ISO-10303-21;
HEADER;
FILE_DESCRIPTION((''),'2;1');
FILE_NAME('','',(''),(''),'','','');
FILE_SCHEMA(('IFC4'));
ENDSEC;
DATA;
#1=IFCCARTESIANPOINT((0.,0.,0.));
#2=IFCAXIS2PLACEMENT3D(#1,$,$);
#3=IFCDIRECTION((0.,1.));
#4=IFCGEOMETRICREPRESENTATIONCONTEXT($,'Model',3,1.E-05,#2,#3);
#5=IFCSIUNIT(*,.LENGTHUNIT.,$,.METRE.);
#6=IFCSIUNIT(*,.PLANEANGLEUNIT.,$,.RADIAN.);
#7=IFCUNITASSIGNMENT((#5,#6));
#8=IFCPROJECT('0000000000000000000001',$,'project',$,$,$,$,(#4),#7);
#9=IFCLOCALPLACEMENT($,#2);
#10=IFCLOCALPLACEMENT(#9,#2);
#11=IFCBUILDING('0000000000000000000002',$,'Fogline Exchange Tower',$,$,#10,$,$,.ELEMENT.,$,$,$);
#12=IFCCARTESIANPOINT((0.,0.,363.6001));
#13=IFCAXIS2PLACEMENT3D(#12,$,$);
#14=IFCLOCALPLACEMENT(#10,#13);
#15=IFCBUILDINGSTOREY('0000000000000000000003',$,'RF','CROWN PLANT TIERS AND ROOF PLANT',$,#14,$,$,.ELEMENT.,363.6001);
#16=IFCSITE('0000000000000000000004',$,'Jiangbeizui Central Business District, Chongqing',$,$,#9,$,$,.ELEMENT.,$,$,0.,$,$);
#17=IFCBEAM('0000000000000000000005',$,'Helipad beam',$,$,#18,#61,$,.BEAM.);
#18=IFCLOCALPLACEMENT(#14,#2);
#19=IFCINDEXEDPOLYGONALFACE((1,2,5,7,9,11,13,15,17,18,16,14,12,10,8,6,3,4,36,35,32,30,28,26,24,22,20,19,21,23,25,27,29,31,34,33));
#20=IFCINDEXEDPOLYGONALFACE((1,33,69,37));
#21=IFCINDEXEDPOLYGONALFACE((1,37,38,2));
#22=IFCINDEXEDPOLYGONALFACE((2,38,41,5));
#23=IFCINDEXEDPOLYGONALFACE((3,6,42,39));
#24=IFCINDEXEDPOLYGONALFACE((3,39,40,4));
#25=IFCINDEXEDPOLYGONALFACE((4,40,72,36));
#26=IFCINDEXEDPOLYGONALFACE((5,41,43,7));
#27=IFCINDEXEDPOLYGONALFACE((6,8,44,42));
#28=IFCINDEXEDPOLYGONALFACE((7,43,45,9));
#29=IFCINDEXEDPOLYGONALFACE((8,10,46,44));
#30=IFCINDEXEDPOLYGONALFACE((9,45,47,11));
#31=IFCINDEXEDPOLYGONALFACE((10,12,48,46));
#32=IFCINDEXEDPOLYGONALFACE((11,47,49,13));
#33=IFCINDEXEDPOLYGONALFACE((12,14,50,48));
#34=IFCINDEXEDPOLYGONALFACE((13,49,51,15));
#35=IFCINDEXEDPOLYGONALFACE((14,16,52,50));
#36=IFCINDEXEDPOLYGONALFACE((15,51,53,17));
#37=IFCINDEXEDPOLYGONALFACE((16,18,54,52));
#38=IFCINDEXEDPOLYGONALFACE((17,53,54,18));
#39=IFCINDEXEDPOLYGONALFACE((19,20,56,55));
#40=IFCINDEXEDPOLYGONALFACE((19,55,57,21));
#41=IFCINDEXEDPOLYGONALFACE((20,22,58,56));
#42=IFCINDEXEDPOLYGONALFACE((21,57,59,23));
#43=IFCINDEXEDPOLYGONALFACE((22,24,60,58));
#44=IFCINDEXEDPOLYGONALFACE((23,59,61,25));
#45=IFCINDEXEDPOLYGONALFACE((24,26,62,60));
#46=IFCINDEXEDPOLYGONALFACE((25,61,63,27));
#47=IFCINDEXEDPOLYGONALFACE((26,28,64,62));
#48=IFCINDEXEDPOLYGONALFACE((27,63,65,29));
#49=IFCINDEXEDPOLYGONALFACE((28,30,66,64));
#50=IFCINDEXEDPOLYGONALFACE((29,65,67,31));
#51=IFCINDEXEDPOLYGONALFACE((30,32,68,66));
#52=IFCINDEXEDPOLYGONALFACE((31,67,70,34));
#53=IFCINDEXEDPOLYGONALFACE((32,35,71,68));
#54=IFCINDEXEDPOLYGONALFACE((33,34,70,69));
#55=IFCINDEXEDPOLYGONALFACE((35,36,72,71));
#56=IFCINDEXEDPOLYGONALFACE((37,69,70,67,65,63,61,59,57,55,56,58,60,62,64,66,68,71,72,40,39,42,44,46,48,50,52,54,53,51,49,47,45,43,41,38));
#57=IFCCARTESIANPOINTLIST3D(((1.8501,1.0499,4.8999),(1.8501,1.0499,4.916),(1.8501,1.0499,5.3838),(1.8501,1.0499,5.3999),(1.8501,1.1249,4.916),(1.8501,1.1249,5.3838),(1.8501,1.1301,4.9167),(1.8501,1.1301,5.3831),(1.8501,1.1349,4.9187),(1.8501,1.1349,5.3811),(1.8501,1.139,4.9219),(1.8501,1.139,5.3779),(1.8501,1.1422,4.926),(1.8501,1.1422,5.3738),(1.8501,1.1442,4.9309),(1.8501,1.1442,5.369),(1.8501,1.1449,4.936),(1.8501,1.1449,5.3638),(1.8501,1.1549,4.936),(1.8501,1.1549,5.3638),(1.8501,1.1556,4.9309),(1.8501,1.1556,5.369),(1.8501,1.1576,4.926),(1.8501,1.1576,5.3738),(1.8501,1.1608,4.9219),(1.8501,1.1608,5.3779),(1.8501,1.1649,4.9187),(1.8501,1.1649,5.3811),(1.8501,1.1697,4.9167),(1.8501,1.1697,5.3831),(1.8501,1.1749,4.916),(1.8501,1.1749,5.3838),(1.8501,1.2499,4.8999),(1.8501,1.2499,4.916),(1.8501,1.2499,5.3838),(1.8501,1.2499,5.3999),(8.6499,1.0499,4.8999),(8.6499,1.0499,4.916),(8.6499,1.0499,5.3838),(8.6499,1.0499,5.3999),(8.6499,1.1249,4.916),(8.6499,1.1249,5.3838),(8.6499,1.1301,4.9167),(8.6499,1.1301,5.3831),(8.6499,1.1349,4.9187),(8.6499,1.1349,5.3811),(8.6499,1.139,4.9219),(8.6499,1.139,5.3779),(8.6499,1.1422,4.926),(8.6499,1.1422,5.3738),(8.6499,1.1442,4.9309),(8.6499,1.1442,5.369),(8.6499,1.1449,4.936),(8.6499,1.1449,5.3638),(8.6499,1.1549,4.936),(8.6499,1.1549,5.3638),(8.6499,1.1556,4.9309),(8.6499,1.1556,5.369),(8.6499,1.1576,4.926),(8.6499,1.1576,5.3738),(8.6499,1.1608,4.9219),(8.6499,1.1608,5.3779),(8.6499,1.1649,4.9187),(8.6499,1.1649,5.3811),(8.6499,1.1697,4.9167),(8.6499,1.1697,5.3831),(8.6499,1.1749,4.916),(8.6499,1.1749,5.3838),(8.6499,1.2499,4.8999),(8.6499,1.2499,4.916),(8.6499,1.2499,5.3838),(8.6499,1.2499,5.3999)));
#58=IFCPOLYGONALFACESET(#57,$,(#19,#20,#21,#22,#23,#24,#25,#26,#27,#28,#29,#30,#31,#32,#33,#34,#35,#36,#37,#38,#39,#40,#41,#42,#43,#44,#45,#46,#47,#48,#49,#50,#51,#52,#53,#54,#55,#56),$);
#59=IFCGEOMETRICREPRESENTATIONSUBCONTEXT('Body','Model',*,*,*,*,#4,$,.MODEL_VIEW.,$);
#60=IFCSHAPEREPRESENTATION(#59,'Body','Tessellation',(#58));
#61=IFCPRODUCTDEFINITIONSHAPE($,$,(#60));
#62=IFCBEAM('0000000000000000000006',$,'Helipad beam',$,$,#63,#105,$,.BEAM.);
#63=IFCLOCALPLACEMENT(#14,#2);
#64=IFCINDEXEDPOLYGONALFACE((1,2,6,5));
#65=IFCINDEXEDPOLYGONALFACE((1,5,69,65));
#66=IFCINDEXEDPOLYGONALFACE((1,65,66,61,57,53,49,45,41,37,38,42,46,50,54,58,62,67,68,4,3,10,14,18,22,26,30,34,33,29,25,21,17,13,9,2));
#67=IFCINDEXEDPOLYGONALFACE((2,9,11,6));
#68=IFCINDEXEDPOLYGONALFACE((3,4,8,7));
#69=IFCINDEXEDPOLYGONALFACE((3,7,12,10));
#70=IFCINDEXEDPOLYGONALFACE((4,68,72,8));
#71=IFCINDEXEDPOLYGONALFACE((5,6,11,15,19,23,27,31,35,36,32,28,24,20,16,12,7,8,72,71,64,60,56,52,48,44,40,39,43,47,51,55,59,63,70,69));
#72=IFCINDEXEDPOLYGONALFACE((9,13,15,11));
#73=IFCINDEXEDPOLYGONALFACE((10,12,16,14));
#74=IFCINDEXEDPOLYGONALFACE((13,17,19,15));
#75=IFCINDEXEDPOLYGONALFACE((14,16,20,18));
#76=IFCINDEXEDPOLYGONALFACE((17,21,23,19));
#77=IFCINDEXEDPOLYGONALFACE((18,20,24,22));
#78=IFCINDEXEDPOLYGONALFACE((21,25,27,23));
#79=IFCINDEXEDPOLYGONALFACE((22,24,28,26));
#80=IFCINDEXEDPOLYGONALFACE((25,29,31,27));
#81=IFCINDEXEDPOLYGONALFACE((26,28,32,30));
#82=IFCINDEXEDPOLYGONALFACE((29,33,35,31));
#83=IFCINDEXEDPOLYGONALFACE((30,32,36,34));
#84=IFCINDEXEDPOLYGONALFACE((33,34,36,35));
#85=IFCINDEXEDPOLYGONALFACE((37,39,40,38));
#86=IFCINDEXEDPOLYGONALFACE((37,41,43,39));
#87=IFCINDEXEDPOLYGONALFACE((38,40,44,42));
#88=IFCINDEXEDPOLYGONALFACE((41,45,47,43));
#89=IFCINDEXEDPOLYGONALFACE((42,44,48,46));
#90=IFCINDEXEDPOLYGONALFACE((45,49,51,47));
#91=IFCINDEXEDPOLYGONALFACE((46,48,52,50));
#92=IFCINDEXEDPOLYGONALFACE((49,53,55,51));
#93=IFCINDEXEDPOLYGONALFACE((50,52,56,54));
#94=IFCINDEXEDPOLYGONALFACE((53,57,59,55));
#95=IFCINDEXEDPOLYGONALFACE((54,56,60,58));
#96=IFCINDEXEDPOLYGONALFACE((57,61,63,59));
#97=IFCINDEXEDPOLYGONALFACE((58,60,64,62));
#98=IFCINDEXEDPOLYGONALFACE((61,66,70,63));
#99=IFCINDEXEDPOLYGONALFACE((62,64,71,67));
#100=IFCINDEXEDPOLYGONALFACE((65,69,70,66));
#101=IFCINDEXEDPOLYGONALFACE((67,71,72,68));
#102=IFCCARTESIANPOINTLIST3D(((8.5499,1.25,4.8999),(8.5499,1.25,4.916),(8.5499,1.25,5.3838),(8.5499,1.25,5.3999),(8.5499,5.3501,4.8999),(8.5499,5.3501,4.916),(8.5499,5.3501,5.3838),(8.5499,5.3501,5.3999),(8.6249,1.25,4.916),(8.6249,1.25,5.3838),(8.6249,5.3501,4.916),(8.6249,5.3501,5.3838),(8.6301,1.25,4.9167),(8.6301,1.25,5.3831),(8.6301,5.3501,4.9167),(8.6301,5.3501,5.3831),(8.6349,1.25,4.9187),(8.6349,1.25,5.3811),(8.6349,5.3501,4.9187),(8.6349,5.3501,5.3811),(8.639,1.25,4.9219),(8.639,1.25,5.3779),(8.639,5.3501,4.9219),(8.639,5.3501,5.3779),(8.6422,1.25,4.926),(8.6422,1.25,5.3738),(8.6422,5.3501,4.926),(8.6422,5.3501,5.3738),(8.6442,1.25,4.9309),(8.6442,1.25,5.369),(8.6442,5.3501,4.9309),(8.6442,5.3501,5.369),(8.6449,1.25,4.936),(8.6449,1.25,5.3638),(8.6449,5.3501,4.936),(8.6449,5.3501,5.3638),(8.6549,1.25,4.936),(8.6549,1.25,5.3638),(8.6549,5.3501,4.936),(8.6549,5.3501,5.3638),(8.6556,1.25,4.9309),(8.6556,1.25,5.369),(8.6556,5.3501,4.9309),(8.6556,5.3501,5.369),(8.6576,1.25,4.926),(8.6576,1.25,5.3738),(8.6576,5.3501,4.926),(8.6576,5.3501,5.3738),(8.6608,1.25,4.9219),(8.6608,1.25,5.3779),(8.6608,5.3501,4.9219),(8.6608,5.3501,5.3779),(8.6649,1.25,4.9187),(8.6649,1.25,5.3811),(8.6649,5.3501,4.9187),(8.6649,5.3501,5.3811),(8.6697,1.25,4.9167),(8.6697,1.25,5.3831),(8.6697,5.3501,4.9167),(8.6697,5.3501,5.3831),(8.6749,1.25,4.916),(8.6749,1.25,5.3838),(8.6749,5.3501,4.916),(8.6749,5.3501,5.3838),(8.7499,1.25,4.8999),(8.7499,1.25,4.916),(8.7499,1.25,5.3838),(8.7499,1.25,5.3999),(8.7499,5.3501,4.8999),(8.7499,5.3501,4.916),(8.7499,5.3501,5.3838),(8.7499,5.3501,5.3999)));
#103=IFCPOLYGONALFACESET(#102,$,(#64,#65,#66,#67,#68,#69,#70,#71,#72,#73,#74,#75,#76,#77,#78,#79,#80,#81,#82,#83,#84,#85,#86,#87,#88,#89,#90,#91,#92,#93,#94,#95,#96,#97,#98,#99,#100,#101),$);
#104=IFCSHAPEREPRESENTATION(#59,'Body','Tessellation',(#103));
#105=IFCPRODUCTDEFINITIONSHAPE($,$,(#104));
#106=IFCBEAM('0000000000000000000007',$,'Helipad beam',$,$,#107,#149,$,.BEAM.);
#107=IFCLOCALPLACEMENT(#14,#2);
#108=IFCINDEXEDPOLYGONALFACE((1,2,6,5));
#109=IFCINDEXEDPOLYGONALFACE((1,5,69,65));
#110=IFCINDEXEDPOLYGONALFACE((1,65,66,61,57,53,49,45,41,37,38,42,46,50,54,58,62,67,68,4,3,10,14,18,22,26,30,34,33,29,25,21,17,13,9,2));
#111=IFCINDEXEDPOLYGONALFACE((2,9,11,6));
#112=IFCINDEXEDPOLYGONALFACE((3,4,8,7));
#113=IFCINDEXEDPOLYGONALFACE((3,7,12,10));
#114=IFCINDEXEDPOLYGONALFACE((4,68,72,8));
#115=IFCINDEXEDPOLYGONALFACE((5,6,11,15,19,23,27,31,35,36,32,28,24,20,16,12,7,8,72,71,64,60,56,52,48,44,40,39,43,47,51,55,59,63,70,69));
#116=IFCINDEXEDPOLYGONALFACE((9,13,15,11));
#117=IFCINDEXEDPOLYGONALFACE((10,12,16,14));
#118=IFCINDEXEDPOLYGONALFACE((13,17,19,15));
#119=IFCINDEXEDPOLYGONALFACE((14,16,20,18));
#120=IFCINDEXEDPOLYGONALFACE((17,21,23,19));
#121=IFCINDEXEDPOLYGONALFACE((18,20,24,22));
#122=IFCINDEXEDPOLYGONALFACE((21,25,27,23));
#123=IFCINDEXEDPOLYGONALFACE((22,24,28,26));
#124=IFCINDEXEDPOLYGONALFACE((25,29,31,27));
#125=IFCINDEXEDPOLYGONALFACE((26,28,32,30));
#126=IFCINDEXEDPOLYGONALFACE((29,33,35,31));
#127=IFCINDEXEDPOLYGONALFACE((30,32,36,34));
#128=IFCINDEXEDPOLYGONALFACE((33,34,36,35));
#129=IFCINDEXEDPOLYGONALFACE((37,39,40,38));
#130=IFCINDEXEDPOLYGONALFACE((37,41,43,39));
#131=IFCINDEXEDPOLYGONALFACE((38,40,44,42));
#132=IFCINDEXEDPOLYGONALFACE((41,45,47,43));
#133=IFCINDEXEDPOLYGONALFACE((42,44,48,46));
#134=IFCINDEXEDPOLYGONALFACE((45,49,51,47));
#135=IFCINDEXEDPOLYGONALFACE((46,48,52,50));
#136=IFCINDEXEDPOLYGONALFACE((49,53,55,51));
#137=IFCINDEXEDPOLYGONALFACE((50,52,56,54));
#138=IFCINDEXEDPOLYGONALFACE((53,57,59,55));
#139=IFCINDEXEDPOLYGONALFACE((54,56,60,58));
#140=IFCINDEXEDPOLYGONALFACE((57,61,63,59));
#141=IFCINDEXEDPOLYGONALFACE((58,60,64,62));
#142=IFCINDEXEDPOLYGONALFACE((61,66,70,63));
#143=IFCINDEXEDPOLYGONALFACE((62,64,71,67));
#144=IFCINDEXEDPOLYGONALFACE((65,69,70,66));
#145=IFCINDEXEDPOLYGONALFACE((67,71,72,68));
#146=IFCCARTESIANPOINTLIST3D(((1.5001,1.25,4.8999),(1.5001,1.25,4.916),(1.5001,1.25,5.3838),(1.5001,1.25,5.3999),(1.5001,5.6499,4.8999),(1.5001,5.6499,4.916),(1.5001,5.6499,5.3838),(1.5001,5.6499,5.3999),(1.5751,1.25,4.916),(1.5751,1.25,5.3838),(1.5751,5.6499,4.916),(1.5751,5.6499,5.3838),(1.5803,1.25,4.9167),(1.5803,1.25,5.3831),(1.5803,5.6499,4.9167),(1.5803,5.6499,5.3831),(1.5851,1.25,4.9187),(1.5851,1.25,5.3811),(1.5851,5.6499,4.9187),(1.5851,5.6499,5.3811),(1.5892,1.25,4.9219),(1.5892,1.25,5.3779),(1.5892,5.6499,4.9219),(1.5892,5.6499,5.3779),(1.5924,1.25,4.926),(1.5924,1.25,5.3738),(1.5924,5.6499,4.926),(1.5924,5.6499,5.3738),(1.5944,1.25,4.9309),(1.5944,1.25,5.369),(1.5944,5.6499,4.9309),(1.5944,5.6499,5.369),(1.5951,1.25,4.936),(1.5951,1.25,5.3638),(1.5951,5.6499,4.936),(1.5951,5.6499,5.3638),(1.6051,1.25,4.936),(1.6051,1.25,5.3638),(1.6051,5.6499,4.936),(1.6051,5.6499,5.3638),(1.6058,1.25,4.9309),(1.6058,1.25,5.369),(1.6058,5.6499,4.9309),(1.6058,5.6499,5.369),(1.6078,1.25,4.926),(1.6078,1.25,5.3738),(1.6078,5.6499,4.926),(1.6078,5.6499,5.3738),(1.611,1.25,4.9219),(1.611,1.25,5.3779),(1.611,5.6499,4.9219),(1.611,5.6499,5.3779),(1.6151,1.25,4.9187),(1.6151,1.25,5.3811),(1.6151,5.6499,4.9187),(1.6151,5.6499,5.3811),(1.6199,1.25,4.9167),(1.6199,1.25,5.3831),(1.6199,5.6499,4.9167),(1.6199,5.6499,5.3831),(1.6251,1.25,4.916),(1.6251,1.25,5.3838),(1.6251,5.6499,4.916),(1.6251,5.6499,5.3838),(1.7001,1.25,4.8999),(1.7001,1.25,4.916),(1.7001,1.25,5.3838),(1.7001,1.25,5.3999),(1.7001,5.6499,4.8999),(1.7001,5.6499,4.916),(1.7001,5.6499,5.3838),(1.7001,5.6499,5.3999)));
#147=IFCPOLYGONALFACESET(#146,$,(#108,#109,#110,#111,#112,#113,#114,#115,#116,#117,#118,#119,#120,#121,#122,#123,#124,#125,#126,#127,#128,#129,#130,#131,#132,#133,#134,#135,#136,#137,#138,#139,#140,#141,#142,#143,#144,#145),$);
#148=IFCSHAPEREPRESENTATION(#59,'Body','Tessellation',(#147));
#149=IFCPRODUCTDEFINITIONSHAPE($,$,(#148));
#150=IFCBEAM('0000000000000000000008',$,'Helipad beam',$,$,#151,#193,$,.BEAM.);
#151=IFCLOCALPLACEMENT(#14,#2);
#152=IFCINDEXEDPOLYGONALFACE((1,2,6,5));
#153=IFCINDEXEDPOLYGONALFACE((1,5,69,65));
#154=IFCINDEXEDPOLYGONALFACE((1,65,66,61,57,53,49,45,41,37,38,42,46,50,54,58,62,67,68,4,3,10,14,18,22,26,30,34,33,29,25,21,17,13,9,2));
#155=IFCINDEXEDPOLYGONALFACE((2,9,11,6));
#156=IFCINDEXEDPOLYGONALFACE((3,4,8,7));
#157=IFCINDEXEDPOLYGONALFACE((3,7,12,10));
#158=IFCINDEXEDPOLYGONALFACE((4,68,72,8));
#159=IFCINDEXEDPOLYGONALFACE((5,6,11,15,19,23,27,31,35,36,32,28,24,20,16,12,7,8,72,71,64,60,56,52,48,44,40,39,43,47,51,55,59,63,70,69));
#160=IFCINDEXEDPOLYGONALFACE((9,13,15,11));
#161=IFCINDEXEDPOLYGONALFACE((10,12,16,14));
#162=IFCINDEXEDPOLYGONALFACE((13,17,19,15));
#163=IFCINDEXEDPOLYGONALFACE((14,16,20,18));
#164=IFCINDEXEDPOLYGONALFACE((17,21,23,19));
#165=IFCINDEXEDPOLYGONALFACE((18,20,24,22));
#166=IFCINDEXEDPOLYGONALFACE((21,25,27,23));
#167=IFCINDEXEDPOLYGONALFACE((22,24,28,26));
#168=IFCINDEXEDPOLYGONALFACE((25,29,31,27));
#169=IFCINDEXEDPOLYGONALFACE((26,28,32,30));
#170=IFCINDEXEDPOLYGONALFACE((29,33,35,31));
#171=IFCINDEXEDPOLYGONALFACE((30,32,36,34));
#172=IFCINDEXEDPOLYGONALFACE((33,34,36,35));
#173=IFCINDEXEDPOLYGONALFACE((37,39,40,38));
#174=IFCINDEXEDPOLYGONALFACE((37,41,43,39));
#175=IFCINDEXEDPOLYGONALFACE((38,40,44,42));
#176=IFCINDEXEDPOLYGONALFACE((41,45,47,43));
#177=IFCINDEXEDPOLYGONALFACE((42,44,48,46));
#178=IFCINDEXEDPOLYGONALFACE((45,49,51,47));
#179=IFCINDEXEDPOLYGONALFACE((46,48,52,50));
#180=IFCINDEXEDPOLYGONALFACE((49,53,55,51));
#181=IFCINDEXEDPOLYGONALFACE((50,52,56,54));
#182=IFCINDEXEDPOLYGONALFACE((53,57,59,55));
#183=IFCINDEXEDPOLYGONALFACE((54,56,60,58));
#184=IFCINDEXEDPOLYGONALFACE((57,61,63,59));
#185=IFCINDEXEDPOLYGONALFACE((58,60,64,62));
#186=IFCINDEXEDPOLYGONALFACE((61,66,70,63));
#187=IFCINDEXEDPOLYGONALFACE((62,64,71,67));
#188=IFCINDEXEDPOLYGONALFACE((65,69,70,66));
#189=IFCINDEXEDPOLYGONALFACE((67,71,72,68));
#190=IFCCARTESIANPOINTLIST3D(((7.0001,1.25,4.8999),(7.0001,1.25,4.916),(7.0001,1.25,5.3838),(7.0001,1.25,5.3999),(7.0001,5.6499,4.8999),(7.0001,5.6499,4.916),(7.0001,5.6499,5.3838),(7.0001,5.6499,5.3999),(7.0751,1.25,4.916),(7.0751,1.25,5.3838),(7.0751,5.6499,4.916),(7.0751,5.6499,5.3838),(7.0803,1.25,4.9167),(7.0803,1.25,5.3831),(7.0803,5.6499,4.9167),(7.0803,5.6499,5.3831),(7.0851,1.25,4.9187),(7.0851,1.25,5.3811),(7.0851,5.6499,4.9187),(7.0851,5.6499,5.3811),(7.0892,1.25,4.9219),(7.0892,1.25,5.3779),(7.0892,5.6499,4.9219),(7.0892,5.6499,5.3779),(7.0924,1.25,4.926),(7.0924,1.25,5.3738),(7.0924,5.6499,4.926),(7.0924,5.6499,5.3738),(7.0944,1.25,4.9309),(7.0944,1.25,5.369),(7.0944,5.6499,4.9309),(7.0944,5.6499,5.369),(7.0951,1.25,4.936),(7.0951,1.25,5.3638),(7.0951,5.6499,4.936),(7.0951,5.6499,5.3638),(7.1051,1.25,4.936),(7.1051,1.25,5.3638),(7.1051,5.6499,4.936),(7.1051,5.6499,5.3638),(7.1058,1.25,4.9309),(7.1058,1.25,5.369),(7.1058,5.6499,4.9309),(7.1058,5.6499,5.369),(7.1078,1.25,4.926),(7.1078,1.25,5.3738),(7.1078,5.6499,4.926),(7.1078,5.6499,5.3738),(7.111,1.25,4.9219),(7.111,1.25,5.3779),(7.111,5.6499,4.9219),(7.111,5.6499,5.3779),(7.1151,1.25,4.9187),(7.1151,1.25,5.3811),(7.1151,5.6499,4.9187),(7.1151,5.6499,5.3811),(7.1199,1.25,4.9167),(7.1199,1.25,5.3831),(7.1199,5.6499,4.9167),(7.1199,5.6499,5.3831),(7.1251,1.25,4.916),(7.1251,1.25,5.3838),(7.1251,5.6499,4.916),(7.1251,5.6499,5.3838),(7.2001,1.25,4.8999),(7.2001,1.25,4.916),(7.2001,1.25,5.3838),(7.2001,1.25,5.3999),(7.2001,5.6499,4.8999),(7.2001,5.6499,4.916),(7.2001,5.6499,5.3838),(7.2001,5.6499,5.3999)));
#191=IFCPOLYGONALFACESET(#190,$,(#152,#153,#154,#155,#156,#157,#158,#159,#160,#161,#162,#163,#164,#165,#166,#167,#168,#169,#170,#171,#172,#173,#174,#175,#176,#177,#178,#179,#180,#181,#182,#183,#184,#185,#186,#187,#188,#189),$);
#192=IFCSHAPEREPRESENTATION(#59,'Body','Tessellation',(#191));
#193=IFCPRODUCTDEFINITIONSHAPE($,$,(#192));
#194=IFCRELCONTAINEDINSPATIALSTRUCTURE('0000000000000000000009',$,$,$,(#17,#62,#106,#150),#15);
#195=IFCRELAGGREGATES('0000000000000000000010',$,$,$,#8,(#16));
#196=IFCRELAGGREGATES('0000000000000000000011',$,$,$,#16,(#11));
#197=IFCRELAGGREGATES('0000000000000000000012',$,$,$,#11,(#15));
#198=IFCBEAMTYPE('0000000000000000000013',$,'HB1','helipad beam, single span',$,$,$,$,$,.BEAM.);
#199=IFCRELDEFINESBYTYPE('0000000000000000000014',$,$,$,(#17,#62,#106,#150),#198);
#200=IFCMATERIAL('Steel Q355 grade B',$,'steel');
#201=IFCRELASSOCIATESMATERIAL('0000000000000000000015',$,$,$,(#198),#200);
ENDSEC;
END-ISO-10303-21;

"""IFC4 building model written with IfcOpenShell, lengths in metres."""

from ifc_helpers import new_model, si_unit, direction, frame, origin, origin_2d, place, context, subcontext, project, spatial, i_section, extrude, material, material_profile, profile_set, type_object, element, save


model = new_model("IFC4")

# Units and contexts
model_context = context("Model", 3, precision=1e-05, world=origin(), true_north=direction((0.0, 1.0)))
body_context = subcontext(model_context, "Body", "Model", "MODEL_VIEW")
ifc_project = project(units=[si_unit("LENGTHUNIT", "METRE"), si_unit("PLANEANGLEUNIT", "RADIAN")], contexts=[model_context])

# Site, building, storey
site_placement = place(None, origin())
site = spatial("IfcSite", under=ifc_project, at=site_placement, Name="Jiangbeizui Central Business District, Chongqing", CompositionType="ELEMENT", RefElevation=0.0)
building_placement = place(site_placement, origin())
building = spatial("IfcBuilding", under=site, at=building_placement, Name="Fogline Exchange Tower", CompositionType="ELEMENT")
storey_placement = place(building_placement, frame((0.0, 0.0, 363.6001)))
storey = spatial("IfcBuildingStorey", under=building, at=storey_placement, Name="RF", Description="CROWN PLANT TIERS AND ROOF PLANT", CompositionType="ELEMENT", Elevation=363.6001)

# Beams
ifc_material_1 = material(Name="Steel Q355 grade B", Category="steel")
ifc_material_profile = material_profile(ifc_material_1, i_section(OverallWidth=0.2, OverallDepth=0.5, WebThickness=0.01, FlangeThickness=0.0161, FilletRadius=0.02, at=origin_2d()), Name="HN500X200X10X16")
ifc_profile_set = profile_set([ifc_material_profile], Name="Steel Q355 grade B")
beam_type = type_object("IfcBeamType", Name="HB1", Description="helipad beam, single span", PredefinedType="BEAM", material=ifc_profile_set)
beam_1_placement = place(storey_placement, frame((1.8501, 1.1499, 5.1499), z_axis=(1.0, 0.0, 0.0), x_axis=(0.0, 1.0, 0.0)))
element("IfcBeam", 1, at=beam_1_placement, inside=storey, type_object=beam_type, Name="Helipad beam", PredefinedType="BEAM", context=body_context, shape_type="SweptSolid", body=[
    extrude(i_section(OverallWidth=0.2, OverallDepth=0.5, WebThickness=0.01, FlangeThickness=0.0161, FilletRadius=0.02, at=origin_2d()), origin(), (0.0, 0.0, 1.0), 6.7998),
])
beam_2_placement = place(storey_placement, frame((8.6499, 1.25, 5.1499), z_axis=(0.0, 1.0, 0.0), x_axis=(-1.0, 0.0, 0.0)))
element("IfcBeam", 2, at=beam_2_placement, inside=storey, type_object=beam_type, Name="Helipad beam", PredefinedType="BEAM", context=body_context, shape_type="SweptSolid", body=[
    extrude(i_section(OverallWidth=0.2, OverallDepth=0.5, WebThickness=0.01, FlangeThickness=0.0161, FilletRadius=0.02, at=origin_2d()), origin(), (0.0, 0.0, 1.0), 4.1001),
])
for number, where, z_axis, x_axis, name in (
    (3, (1.6001, 1.25, 5.1499), (0.0, 1.0, 0.0), (-1.0, 0.0, 0.0), "Helipad beam"),
    (4, (7.1001, 1.25, 5.1499), (0.0, 1.0, 0.0), (-1.0, 0.0, 0.0), "Helipad beam"),
):
    element("IfcBeam", number, at=place(storey_placement, frame(where, z_axis=z_axis, x_axis=x_axis)), inside=storey, type_object=beam_type, Name=name, PredefinedType="BEAM", context=body_context, shape_type="SweptSolid", body=[
        extrude(i_section(OverallWidth=0.2, OverallDepth=0.5, WebThickness=0.01, FlangeThickness=0.0161, FilletRadius=0.02, at=origin_2d()), origin(), (0.0, 0.0, 1.0), 4.3999),
    ])

save(model, "model.ifc")
